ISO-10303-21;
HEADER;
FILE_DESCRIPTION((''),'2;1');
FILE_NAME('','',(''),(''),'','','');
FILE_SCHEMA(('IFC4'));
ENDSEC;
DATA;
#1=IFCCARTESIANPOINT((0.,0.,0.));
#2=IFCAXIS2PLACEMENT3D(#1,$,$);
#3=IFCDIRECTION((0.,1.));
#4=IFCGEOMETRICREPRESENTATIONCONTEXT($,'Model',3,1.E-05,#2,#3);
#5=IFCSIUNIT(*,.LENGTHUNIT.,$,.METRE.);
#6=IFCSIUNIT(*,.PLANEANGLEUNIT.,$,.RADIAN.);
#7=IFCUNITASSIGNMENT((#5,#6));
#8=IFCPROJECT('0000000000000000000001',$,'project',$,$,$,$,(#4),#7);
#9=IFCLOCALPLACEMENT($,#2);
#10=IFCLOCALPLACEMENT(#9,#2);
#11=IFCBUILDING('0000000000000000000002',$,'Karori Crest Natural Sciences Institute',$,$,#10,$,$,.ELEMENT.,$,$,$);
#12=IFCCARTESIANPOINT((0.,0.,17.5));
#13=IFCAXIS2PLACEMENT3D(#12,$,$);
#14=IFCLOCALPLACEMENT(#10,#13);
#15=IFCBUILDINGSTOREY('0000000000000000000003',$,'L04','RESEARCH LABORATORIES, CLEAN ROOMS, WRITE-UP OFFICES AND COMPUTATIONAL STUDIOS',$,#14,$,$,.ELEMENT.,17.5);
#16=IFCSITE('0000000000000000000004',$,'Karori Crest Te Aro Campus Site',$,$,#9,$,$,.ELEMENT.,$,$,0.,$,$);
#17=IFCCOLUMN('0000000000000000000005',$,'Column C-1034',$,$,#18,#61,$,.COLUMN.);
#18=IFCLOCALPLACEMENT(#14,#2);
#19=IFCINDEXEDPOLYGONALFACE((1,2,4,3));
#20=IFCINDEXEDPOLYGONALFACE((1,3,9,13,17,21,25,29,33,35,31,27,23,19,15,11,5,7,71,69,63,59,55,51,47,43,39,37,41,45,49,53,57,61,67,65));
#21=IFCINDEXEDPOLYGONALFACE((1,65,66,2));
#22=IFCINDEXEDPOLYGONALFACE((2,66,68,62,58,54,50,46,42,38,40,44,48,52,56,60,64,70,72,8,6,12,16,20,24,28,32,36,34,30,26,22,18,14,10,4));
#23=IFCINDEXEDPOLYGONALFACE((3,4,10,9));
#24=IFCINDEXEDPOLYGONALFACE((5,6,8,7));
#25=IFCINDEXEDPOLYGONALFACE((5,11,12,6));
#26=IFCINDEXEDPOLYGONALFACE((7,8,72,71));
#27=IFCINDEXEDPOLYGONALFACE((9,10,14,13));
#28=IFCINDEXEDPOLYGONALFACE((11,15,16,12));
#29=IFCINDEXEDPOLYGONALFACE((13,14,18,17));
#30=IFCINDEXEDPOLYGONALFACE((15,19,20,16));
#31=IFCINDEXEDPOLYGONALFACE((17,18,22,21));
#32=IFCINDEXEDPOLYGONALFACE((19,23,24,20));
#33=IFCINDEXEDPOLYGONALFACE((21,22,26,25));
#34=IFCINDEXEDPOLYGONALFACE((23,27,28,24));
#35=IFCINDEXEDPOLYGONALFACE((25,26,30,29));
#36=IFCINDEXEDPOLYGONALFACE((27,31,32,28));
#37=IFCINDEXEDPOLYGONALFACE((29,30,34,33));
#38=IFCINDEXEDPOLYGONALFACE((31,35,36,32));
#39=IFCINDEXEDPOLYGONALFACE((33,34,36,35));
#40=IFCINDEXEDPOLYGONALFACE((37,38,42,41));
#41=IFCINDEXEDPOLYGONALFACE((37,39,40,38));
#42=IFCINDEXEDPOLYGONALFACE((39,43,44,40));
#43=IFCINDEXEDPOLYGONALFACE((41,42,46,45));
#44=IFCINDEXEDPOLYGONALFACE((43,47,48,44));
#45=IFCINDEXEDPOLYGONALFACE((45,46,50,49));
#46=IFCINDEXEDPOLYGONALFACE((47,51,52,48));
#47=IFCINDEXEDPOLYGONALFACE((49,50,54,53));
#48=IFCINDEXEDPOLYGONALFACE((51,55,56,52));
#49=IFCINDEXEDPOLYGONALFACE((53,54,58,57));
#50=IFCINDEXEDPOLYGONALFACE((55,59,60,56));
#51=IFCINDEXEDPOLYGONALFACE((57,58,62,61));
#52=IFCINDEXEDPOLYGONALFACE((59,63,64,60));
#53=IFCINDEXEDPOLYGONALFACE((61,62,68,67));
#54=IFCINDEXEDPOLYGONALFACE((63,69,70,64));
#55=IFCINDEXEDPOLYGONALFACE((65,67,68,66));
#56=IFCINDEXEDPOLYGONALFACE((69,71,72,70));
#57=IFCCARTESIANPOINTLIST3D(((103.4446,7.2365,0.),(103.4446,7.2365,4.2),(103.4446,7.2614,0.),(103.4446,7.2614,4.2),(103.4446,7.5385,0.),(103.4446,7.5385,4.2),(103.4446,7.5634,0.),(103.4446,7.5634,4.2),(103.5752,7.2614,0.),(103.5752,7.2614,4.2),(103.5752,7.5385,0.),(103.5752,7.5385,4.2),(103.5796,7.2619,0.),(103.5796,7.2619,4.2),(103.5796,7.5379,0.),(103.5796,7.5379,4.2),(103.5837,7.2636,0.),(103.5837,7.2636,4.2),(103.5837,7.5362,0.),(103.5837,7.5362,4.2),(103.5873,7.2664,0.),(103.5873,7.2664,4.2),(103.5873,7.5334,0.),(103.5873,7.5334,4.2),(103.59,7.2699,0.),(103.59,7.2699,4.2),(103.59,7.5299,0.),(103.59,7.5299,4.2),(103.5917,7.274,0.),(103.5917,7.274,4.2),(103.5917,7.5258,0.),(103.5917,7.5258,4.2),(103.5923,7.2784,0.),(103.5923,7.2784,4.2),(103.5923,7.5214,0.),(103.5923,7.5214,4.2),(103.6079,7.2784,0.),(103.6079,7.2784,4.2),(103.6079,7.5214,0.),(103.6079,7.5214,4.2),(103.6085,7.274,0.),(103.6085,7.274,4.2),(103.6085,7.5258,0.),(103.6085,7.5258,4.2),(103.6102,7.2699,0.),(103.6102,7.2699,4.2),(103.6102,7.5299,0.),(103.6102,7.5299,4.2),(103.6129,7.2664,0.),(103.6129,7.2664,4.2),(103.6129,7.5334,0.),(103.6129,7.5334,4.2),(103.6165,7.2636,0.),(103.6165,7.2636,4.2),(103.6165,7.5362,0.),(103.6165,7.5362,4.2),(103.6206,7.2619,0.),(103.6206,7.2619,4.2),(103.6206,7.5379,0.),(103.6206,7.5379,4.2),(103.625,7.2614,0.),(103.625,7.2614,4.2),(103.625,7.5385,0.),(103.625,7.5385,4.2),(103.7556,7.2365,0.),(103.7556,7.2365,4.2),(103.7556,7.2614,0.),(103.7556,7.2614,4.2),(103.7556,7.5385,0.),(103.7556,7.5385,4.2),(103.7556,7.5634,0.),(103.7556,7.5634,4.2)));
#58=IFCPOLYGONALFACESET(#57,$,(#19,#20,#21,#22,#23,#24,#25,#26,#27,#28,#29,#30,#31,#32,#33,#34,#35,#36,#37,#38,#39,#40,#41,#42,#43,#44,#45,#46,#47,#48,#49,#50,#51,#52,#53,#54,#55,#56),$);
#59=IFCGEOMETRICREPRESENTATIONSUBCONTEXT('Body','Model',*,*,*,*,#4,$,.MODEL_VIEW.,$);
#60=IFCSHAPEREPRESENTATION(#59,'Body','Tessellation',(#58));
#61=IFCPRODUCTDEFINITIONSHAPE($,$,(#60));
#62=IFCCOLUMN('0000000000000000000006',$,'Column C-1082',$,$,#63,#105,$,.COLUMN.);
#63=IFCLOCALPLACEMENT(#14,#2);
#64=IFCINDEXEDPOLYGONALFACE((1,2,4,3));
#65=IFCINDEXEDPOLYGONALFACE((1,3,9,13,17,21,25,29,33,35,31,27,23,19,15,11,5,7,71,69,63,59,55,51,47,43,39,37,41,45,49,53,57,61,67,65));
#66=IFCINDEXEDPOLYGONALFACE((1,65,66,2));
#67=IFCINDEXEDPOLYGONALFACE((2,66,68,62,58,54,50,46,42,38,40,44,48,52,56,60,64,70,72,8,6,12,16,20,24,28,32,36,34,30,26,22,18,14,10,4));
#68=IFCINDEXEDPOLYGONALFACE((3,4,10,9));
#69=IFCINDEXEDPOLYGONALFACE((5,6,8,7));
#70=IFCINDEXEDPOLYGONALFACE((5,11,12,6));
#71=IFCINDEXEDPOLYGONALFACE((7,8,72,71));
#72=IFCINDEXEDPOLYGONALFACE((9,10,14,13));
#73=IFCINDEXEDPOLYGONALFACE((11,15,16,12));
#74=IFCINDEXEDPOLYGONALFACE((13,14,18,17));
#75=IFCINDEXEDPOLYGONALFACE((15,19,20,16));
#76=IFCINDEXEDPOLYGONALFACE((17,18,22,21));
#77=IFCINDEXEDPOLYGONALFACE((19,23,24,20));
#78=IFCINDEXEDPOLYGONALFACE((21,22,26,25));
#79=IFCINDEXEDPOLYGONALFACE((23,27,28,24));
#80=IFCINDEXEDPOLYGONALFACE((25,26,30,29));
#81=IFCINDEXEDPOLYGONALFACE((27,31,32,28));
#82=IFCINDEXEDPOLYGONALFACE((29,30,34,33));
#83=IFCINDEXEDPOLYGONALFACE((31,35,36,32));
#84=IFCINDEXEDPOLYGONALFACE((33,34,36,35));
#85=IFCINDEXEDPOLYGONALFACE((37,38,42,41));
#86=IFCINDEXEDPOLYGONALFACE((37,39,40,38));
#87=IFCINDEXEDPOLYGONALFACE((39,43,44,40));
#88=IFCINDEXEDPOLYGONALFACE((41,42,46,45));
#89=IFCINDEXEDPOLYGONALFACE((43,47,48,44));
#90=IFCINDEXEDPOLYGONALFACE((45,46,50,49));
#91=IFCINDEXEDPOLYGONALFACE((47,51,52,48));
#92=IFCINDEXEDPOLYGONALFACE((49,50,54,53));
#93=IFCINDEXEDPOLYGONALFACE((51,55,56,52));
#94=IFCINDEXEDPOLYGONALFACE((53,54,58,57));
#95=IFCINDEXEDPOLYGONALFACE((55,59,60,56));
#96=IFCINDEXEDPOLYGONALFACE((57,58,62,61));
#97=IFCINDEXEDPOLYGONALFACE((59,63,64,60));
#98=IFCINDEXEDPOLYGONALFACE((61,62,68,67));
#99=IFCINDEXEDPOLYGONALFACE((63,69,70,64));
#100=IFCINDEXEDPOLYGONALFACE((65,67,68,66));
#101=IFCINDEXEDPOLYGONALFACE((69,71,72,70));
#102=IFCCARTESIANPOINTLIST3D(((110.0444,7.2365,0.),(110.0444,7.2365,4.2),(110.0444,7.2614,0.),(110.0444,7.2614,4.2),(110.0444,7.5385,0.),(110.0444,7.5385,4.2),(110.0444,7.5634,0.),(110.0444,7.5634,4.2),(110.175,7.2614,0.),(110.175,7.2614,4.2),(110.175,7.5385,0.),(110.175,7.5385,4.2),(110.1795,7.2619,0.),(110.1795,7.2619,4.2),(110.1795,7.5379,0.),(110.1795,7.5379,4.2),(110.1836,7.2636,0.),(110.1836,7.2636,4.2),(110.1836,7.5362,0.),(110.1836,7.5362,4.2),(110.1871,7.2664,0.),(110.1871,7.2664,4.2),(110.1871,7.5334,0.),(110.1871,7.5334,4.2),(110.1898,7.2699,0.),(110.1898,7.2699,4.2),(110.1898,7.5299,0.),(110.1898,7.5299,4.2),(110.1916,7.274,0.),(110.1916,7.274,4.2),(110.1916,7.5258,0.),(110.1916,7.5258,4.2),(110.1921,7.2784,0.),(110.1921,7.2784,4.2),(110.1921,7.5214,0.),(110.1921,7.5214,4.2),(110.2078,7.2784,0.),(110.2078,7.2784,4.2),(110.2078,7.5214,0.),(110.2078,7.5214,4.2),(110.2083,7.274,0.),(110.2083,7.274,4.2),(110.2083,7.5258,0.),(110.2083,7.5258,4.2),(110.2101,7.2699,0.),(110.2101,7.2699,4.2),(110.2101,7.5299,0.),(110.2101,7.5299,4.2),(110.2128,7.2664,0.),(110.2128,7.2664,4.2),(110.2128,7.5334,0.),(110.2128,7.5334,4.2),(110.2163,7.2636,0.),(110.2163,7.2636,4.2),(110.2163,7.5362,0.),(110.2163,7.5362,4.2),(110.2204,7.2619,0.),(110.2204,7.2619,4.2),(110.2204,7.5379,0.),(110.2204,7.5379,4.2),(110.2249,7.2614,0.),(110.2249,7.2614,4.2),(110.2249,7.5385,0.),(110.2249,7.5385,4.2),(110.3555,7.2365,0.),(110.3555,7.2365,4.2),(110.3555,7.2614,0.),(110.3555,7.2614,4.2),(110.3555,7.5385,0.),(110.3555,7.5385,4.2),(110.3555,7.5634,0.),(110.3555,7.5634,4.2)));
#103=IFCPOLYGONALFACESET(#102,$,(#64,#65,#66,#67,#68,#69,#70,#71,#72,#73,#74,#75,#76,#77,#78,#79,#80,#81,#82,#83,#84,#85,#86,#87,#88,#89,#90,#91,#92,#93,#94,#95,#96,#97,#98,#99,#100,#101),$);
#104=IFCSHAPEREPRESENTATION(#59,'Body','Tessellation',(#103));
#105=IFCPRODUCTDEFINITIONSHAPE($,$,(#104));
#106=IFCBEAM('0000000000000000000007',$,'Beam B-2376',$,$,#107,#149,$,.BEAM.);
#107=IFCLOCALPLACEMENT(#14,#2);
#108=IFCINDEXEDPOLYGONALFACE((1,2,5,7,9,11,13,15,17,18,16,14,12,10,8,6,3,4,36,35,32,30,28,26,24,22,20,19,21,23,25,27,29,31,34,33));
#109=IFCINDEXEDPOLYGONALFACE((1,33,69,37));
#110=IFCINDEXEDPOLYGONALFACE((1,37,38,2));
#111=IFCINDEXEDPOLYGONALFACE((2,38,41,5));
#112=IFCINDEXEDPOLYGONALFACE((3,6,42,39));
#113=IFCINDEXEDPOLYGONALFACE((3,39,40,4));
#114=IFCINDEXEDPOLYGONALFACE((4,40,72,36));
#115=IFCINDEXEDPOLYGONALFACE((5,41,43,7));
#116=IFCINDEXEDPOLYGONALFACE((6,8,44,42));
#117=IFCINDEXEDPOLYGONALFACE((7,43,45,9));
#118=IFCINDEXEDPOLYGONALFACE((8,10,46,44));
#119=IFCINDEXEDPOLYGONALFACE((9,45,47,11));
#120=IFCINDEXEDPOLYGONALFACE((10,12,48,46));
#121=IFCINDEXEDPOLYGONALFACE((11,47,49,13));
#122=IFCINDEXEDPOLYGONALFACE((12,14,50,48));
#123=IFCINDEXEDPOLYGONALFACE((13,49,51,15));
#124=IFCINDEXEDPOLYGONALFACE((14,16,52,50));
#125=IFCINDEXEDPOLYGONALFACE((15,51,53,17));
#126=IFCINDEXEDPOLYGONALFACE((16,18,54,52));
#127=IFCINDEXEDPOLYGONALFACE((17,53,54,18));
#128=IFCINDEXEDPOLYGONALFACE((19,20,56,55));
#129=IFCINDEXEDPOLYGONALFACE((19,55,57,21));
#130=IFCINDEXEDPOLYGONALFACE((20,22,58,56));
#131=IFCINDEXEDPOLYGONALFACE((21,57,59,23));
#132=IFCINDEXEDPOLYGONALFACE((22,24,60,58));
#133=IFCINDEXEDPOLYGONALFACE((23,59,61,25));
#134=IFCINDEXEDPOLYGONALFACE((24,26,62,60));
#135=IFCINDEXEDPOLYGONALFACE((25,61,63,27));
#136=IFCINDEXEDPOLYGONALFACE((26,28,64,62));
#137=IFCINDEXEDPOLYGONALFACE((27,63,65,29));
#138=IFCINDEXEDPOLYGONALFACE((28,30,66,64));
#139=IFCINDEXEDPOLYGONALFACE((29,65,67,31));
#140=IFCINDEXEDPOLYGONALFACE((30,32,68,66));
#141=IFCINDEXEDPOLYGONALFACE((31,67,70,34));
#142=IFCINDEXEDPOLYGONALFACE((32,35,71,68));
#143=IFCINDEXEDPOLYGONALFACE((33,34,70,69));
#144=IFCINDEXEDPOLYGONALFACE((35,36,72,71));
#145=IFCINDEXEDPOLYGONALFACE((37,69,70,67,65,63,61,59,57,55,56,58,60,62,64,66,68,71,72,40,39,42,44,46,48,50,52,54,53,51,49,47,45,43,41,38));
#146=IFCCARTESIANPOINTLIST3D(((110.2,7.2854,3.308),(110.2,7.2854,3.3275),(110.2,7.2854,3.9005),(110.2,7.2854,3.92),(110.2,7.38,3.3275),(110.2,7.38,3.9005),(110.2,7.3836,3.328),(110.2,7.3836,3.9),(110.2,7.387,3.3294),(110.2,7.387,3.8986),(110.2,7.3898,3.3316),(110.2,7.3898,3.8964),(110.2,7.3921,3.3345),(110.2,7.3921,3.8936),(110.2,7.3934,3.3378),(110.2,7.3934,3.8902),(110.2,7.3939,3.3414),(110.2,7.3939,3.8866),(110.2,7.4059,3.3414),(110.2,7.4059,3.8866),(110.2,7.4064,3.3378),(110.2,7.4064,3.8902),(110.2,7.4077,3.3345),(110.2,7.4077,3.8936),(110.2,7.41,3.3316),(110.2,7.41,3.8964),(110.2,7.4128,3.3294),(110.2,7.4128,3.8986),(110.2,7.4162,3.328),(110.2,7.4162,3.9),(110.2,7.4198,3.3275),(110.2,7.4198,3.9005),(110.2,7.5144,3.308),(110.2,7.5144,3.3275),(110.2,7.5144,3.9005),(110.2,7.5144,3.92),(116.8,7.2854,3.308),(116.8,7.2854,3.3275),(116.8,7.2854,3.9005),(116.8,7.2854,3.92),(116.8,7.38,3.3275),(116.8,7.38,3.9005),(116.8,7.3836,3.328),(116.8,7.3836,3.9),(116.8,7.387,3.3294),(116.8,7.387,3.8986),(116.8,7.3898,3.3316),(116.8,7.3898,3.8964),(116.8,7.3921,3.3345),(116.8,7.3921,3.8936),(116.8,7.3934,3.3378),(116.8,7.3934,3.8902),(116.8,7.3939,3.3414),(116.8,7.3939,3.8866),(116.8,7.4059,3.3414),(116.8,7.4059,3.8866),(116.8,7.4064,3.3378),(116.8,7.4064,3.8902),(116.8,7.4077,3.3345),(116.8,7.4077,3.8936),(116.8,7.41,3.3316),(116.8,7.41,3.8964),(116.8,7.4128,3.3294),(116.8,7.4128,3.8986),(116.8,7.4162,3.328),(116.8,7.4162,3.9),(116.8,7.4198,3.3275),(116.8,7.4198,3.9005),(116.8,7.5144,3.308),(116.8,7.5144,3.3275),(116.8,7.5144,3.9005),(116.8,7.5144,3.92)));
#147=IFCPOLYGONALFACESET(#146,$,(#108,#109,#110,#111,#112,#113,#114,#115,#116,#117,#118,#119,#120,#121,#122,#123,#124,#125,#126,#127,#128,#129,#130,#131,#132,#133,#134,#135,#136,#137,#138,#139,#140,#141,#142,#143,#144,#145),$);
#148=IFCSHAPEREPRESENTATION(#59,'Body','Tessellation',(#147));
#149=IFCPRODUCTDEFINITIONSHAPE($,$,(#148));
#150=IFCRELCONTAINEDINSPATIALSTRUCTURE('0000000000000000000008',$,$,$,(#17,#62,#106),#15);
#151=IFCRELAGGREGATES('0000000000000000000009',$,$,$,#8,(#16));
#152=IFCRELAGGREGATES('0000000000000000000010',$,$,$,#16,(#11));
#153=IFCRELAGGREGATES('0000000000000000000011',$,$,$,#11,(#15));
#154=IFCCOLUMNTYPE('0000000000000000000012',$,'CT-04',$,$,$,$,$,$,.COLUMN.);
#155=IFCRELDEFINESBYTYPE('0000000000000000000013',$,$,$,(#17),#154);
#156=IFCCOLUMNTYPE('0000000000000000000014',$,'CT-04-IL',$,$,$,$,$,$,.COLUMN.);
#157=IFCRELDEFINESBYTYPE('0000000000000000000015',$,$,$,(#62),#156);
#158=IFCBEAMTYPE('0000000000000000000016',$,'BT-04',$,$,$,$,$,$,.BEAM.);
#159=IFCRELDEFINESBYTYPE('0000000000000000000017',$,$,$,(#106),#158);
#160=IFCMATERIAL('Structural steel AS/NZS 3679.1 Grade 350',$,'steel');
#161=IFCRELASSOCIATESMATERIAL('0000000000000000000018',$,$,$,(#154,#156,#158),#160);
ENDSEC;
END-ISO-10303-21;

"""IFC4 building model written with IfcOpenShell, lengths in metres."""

from ifc_helpers import new_model, si_unit, direction, frame, origin, origin_2d, place, context, subcontext, project, spatial, i_section, extrude, material, material_profile, profile_set, type_object, element, save


model = new_model("IFC4")

# Units and contexts
model_context = context("Model", 3, precision=1e-05, world=origin(), true_north=direction((0.0, 1.0)))
body_context = subcontext(model_context, "Body", "Model", "MODEL_VIEW")
ifc_project = project(units=[si_unit("LENGTHUNIT", "METRE"), si_unit("PLANEANGLEUNIT", "RADIAN")], contexts=[model_context])

# Site, building, storey
site_placement = place(None, origin())
site = spatial("IfcSite", under=ifc_project, at=site_placement, Name="Karori Crest Te Aro Campus Site", CompositionType="ELEMENT", RefElevation=0.0)
building_placement = place(site_placement, origin())
building = spatial("IfcBuilding", under=site, at=building_placement, Name="Karori Crest Natural Sciences Institute", CompositionType="ELEMENT")
storey_placement = place(building_placement, frame((0.0, 0.0, 17.5)))
storey = spatial("IfcBuildingStorey", under=building, at=storey_placement, Name="L04", Description="RESEARCH LABORATORIES, CLEAN ROOMS, WRITE-UP OFFICES AND COMPUTATIONAL STUDIOS", CompositionType="ELEMENT", Elevation=17.5)

# Columns
ifc_material_1 = material(Name="Structural steel AS/NZS 3679.1 Grade 350", Category="steel")
ifc_material_profile_1 = material_profile(ifc_material_1, i_section(OverallWidth=0.311, OverallDepth=0.3269, WebThickness=0.0156, FlangeThickness=0.0249, FilletRadius=0.0171, at=origin_2d()), Name="310UC158")
ifc_profile_set_1 = profile_set([ifc_material_profile_1], Name="Structural steel AS/NZS 3679.1 Grade 350")
column_type_1 = type_object("IfcColumnType", Name="CT-04", PredefinedType="COLUMN", material=ifc_profile_set_1)
column_1_placement = place(storey_placement, frame((103.6001, 7.3999, 0.0), z_axis=(0.0, 0.0, 1.0), x_axis=(1.0, 0.0, 0.0)))
element("IfcColumn", 1, at=column_1_placement, inside=storey, type_object=column_type_1, Name="Column C-1034", PredefinedType="COLUMN", context=body_context, shape_type="SweptSolid", body=[
    extrude(i_section(OverallWidth=0.311, OverallDepth=0.3269, WebThickness=0.0156, FlangeThickness=0.0249, FilletRadius=0.0171, at=origin_2d()), origin(), (0.0, 0.0, 1.0), 4.2),
])
ifc_material_profile_2 = material_profile(ifc_material_1, i_section(OverallWidth=0.311, OverallDepth=0.3269, WebThickness=0.0156, FlangeThickness=0.0249, FilletRadius=0.0171, at=origin_2d()), Name="310UC158")
ifc_profile_set_2 = profile_set([ifc_material_profile_2], Name="Structural steel AS/NZS 3679.1 Grade 350")
column_type_2 = type_object("IfcColumnType", Name="CT-04-IL", PredefinedType="COLUMN", material=ifc_profile_set_2)
column_2_placement = place(storey_placement, frame((110.2, 7.3999, 0.0), z_axis=(0.0, 0.0, 1.0), x_axis=(1.0, 0.0, 0.0)))
element("IfcColumn", 2, at=column_2_placement, inside=storey, type_object=column_type_2, Name="Column C-1082", PredefinedType="COLUMN", context=body_context, shape_type="SweptSolid", body=[
    extrude(i_section(OverallWidth=0.311, OverallDepth=0.3269, WebThickness=0.0156, FlangeThickness=0.0249, FilletRadius=0.0171, at=origin_2d()), origin(), (0.0, 0.0, 1.0), 4.2),
])

# Beam
ifc_material_profile_3 = material_profile(ifc_material_1, i_section(OverallWidth=0.229, OverallDepth=0.6121, WebThickness=0.012, FlangeThickness=0.0195, FilletRadius=0.0139, at=origin_2d()), Name="610UB125")
ifc_profile_set_3 = profile_set([ifc_material_profile_3], Name="Structural steel AS/NZS 3679.1 Grade 350")
beam_type_1 = type_object("IfcBeamType", Name="BT-04", PredefinedType="BEAM", material=ifc_profile_set_3)
beam_1_placement = place(storey_placement, frame((110.2, 7.3999, 3.614), z_axis=(1.0, 0.0, 0.0), x_axis=(0.0, 1.0, 0.0)))
element("IfcBeam", 3, at=beam_1_placement, inside=storey, type_object=beam_type_1, Name="Beam B-2376", PredefinedType="BEAM", context=body_context, shape_type="SweptSolid", body=[
    extrude(i_section(OverallWidth=0.229, OverallDepth=0.6121, WebThickness=0.012, FlangeThickness=0.0195, FilletRadius=0.0139, at=origin_2d()), origin(), (0.0, 0.0, 1.0), 6.6001),
])

save(model, "model.ifc")
